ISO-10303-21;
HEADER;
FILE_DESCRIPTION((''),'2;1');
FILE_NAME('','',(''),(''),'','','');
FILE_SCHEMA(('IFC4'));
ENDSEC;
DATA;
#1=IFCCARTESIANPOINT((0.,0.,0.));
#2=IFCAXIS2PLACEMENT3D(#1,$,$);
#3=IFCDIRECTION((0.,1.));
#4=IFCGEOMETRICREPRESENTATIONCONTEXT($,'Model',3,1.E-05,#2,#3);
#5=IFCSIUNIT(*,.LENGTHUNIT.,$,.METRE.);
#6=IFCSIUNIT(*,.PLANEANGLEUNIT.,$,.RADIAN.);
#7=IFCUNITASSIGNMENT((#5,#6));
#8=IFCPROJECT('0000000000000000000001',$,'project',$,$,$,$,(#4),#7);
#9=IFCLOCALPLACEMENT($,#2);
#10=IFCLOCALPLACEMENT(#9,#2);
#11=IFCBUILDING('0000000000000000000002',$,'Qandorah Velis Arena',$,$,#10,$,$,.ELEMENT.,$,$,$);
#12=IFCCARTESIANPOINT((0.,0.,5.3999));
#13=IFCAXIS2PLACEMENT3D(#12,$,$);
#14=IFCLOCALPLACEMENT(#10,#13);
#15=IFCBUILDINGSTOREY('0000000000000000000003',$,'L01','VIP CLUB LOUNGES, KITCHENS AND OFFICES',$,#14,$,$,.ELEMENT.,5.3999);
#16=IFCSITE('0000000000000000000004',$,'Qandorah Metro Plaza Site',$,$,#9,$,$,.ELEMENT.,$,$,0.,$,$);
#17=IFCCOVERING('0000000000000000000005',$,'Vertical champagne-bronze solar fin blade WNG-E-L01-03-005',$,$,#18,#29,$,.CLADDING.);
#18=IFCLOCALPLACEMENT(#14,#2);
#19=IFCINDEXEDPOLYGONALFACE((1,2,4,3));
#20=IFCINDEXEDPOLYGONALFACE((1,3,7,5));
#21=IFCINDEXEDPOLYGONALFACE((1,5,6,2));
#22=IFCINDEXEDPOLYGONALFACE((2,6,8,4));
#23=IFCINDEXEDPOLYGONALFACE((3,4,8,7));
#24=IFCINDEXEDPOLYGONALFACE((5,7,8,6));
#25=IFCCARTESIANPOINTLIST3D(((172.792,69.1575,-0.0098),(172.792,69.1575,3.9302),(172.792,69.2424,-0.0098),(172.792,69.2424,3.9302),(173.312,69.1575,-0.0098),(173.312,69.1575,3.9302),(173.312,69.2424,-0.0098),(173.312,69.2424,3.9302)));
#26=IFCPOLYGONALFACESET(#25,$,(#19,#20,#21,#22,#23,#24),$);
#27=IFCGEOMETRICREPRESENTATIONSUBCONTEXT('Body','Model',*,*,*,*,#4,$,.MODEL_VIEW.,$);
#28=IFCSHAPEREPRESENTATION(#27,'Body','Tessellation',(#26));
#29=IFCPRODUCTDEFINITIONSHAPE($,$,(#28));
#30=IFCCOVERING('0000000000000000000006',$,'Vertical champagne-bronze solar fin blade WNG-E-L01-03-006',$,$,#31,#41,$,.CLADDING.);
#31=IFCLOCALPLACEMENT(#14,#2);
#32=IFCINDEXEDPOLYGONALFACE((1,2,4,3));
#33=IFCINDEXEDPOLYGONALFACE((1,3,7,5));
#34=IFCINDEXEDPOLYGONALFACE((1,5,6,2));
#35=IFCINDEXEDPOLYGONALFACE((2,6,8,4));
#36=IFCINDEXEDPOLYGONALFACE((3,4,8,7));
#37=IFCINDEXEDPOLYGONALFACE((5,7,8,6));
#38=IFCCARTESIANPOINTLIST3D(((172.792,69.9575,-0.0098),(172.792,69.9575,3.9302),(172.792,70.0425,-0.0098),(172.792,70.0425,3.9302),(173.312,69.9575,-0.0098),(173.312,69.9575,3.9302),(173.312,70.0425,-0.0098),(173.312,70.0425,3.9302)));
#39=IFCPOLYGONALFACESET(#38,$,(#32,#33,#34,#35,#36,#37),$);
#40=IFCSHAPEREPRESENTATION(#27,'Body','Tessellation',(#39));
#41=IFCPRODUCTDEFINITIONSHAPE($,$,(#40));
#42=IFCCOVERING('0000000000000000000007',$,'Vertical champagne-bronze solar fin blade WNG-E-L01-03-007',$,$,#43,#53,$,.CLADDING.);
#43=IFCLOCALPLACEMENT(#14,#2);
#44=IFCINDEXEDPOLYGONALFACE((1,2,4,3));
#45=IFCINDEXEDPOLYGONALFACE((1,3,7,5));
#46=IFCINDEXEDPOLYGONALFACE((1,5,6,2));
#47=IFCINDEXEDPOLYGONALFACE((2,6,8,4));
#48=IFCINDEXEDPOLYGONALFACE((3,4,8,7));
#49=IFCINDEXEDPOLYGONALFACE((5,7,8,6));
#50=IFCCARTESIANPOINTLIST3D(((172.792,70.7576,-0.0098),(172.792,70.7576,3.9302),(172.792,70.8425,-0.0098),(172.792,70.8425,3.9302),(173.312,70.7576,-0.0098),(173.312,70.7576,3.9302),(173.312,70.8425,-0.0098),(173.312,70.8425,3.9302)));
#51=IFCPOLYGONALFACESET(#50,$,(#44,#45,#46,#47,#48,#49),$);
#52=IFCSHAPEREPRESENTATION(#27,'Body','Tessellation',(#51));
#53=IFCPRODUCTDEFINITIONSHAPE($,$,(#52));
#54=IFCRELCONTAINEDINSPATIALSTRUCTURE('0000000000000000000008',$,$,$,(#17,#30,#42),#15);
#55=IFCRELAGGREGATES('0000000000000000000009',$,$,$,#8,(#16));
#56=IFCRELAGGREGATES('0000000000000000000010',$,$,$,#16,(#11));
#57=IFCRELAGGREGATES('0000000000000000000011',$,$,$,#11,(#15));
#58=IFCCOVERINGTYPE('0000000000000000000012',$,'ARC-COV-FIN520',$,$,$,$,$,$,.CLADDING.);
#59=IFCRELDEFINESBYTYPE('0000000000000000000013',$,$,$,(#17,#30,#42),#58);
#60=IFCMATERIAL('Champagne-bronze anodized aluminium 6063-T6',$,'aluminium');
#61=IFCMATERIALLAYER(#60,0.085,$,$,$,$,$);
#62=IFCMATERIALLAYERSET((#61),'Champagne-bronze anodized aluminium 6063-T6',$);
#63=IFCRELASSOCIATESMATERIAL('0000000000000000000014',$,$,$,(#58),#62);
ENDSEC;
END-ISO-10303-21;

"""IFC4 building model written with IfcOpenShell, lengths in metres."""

from ifc_helpers import new_model, si_unit, direction, frame, origin, origin_2d, place, context, subcontext, project, spatial, rectangle, extrude, material, layer, layer_set, type_object, element, save


model = new_model("IFC4")

# Units and contexts
model_context = context("Model", 3, precision=1e-05, world=origin(), true_north=direction((0.0, 1.0)))
body_context = subcontext(model_context, "Body", "Model", "MODEL_VIEW")
ifc_project = project(units=[si_unit("LENGTHUNIT", "METRE"), si_unit("PLANEANGLEUNIT", "RADIAN")], contexts=[model_context])

# Site, building, storey
site_placement = place(None, origin())
site = spatial("IfcSite", under=ifc_project, at=site_placement, Name="Qandorah Metro Plaza Site", CompositionType="ELEMENT", RefElevation=0.0)
building_placement = place(site_placement, origin())
building = spatial("IfcBuilding", under=site, at=building_placement, Name="Qandorah Velis Arena", CompositionType="ELEMENT")
storey_placement = place(building_placement, frame((0.0, 0.0, 5.3999)))
storey = spatial("IfcBuildingStorey", under=building, at=storey_placement, Name="L01", Description="VIP CLUB LOUNGES, KITCHENS AND OFFICES", CompositionType="ELEMENT", Elevation=5.3999)

# Shared definitions
ifc_material_1 = material(Name="Champagne-bronze anodized aluminium 6063-T6", Category="aluminium")

# Coverings
ifc_layer_1 = layer(ifc_material_1, 0.085)
ifc_layer_set_1 = layer_set([ifc_layer_1], Name="Champagne-bronze anodized aluminium 6063-T6")
covering_type = type_object("IfcCoveringType", Name="ARC-COV-FIN520", PredefinedType="CLADDING", material=ifc_layer_set_1)
for number, where, z_axis, x_axis, name in (
    (1, (173.052, 69.2, -0.0098), (0.0, 0.0, 1.0), (1.0, 0.0, 0.0), "Vertical champagne-bronze solar fin blade WNG-E-L01-03-005"),
    (2, (173.052, 70.0, -0.0098), (0.0, 0.0, 1.0), (1.0, 0.0, 0.0), "Vertical champagne-bronze solar fin blade WNG-E-L01-03-006"),
    (3, (173.052, 70.8, -0.0098), (0.0, 0.0, 1.0), (1.0, 0.0, 0.0), "Vertical champagne-bronze solar fin blade WNG-E-L01-03-007"),
):
    element("IfcCovering", number, at=place(storey_placement, frame(where, z_axis=z_axis, x_axis=x_axis)), inside=storey, type_object=covering_type, Name=name, PredefinedType="CLADDING", context=body_context, shape_type="SweptSolid", body=[
        extrude(rectangle(XDim=0.52, YDim=0.085, at=origin_2d()), origin(), (0.0, 0.0, 1.0), 3.9399),
    ])

save(model, "model.ifc")
